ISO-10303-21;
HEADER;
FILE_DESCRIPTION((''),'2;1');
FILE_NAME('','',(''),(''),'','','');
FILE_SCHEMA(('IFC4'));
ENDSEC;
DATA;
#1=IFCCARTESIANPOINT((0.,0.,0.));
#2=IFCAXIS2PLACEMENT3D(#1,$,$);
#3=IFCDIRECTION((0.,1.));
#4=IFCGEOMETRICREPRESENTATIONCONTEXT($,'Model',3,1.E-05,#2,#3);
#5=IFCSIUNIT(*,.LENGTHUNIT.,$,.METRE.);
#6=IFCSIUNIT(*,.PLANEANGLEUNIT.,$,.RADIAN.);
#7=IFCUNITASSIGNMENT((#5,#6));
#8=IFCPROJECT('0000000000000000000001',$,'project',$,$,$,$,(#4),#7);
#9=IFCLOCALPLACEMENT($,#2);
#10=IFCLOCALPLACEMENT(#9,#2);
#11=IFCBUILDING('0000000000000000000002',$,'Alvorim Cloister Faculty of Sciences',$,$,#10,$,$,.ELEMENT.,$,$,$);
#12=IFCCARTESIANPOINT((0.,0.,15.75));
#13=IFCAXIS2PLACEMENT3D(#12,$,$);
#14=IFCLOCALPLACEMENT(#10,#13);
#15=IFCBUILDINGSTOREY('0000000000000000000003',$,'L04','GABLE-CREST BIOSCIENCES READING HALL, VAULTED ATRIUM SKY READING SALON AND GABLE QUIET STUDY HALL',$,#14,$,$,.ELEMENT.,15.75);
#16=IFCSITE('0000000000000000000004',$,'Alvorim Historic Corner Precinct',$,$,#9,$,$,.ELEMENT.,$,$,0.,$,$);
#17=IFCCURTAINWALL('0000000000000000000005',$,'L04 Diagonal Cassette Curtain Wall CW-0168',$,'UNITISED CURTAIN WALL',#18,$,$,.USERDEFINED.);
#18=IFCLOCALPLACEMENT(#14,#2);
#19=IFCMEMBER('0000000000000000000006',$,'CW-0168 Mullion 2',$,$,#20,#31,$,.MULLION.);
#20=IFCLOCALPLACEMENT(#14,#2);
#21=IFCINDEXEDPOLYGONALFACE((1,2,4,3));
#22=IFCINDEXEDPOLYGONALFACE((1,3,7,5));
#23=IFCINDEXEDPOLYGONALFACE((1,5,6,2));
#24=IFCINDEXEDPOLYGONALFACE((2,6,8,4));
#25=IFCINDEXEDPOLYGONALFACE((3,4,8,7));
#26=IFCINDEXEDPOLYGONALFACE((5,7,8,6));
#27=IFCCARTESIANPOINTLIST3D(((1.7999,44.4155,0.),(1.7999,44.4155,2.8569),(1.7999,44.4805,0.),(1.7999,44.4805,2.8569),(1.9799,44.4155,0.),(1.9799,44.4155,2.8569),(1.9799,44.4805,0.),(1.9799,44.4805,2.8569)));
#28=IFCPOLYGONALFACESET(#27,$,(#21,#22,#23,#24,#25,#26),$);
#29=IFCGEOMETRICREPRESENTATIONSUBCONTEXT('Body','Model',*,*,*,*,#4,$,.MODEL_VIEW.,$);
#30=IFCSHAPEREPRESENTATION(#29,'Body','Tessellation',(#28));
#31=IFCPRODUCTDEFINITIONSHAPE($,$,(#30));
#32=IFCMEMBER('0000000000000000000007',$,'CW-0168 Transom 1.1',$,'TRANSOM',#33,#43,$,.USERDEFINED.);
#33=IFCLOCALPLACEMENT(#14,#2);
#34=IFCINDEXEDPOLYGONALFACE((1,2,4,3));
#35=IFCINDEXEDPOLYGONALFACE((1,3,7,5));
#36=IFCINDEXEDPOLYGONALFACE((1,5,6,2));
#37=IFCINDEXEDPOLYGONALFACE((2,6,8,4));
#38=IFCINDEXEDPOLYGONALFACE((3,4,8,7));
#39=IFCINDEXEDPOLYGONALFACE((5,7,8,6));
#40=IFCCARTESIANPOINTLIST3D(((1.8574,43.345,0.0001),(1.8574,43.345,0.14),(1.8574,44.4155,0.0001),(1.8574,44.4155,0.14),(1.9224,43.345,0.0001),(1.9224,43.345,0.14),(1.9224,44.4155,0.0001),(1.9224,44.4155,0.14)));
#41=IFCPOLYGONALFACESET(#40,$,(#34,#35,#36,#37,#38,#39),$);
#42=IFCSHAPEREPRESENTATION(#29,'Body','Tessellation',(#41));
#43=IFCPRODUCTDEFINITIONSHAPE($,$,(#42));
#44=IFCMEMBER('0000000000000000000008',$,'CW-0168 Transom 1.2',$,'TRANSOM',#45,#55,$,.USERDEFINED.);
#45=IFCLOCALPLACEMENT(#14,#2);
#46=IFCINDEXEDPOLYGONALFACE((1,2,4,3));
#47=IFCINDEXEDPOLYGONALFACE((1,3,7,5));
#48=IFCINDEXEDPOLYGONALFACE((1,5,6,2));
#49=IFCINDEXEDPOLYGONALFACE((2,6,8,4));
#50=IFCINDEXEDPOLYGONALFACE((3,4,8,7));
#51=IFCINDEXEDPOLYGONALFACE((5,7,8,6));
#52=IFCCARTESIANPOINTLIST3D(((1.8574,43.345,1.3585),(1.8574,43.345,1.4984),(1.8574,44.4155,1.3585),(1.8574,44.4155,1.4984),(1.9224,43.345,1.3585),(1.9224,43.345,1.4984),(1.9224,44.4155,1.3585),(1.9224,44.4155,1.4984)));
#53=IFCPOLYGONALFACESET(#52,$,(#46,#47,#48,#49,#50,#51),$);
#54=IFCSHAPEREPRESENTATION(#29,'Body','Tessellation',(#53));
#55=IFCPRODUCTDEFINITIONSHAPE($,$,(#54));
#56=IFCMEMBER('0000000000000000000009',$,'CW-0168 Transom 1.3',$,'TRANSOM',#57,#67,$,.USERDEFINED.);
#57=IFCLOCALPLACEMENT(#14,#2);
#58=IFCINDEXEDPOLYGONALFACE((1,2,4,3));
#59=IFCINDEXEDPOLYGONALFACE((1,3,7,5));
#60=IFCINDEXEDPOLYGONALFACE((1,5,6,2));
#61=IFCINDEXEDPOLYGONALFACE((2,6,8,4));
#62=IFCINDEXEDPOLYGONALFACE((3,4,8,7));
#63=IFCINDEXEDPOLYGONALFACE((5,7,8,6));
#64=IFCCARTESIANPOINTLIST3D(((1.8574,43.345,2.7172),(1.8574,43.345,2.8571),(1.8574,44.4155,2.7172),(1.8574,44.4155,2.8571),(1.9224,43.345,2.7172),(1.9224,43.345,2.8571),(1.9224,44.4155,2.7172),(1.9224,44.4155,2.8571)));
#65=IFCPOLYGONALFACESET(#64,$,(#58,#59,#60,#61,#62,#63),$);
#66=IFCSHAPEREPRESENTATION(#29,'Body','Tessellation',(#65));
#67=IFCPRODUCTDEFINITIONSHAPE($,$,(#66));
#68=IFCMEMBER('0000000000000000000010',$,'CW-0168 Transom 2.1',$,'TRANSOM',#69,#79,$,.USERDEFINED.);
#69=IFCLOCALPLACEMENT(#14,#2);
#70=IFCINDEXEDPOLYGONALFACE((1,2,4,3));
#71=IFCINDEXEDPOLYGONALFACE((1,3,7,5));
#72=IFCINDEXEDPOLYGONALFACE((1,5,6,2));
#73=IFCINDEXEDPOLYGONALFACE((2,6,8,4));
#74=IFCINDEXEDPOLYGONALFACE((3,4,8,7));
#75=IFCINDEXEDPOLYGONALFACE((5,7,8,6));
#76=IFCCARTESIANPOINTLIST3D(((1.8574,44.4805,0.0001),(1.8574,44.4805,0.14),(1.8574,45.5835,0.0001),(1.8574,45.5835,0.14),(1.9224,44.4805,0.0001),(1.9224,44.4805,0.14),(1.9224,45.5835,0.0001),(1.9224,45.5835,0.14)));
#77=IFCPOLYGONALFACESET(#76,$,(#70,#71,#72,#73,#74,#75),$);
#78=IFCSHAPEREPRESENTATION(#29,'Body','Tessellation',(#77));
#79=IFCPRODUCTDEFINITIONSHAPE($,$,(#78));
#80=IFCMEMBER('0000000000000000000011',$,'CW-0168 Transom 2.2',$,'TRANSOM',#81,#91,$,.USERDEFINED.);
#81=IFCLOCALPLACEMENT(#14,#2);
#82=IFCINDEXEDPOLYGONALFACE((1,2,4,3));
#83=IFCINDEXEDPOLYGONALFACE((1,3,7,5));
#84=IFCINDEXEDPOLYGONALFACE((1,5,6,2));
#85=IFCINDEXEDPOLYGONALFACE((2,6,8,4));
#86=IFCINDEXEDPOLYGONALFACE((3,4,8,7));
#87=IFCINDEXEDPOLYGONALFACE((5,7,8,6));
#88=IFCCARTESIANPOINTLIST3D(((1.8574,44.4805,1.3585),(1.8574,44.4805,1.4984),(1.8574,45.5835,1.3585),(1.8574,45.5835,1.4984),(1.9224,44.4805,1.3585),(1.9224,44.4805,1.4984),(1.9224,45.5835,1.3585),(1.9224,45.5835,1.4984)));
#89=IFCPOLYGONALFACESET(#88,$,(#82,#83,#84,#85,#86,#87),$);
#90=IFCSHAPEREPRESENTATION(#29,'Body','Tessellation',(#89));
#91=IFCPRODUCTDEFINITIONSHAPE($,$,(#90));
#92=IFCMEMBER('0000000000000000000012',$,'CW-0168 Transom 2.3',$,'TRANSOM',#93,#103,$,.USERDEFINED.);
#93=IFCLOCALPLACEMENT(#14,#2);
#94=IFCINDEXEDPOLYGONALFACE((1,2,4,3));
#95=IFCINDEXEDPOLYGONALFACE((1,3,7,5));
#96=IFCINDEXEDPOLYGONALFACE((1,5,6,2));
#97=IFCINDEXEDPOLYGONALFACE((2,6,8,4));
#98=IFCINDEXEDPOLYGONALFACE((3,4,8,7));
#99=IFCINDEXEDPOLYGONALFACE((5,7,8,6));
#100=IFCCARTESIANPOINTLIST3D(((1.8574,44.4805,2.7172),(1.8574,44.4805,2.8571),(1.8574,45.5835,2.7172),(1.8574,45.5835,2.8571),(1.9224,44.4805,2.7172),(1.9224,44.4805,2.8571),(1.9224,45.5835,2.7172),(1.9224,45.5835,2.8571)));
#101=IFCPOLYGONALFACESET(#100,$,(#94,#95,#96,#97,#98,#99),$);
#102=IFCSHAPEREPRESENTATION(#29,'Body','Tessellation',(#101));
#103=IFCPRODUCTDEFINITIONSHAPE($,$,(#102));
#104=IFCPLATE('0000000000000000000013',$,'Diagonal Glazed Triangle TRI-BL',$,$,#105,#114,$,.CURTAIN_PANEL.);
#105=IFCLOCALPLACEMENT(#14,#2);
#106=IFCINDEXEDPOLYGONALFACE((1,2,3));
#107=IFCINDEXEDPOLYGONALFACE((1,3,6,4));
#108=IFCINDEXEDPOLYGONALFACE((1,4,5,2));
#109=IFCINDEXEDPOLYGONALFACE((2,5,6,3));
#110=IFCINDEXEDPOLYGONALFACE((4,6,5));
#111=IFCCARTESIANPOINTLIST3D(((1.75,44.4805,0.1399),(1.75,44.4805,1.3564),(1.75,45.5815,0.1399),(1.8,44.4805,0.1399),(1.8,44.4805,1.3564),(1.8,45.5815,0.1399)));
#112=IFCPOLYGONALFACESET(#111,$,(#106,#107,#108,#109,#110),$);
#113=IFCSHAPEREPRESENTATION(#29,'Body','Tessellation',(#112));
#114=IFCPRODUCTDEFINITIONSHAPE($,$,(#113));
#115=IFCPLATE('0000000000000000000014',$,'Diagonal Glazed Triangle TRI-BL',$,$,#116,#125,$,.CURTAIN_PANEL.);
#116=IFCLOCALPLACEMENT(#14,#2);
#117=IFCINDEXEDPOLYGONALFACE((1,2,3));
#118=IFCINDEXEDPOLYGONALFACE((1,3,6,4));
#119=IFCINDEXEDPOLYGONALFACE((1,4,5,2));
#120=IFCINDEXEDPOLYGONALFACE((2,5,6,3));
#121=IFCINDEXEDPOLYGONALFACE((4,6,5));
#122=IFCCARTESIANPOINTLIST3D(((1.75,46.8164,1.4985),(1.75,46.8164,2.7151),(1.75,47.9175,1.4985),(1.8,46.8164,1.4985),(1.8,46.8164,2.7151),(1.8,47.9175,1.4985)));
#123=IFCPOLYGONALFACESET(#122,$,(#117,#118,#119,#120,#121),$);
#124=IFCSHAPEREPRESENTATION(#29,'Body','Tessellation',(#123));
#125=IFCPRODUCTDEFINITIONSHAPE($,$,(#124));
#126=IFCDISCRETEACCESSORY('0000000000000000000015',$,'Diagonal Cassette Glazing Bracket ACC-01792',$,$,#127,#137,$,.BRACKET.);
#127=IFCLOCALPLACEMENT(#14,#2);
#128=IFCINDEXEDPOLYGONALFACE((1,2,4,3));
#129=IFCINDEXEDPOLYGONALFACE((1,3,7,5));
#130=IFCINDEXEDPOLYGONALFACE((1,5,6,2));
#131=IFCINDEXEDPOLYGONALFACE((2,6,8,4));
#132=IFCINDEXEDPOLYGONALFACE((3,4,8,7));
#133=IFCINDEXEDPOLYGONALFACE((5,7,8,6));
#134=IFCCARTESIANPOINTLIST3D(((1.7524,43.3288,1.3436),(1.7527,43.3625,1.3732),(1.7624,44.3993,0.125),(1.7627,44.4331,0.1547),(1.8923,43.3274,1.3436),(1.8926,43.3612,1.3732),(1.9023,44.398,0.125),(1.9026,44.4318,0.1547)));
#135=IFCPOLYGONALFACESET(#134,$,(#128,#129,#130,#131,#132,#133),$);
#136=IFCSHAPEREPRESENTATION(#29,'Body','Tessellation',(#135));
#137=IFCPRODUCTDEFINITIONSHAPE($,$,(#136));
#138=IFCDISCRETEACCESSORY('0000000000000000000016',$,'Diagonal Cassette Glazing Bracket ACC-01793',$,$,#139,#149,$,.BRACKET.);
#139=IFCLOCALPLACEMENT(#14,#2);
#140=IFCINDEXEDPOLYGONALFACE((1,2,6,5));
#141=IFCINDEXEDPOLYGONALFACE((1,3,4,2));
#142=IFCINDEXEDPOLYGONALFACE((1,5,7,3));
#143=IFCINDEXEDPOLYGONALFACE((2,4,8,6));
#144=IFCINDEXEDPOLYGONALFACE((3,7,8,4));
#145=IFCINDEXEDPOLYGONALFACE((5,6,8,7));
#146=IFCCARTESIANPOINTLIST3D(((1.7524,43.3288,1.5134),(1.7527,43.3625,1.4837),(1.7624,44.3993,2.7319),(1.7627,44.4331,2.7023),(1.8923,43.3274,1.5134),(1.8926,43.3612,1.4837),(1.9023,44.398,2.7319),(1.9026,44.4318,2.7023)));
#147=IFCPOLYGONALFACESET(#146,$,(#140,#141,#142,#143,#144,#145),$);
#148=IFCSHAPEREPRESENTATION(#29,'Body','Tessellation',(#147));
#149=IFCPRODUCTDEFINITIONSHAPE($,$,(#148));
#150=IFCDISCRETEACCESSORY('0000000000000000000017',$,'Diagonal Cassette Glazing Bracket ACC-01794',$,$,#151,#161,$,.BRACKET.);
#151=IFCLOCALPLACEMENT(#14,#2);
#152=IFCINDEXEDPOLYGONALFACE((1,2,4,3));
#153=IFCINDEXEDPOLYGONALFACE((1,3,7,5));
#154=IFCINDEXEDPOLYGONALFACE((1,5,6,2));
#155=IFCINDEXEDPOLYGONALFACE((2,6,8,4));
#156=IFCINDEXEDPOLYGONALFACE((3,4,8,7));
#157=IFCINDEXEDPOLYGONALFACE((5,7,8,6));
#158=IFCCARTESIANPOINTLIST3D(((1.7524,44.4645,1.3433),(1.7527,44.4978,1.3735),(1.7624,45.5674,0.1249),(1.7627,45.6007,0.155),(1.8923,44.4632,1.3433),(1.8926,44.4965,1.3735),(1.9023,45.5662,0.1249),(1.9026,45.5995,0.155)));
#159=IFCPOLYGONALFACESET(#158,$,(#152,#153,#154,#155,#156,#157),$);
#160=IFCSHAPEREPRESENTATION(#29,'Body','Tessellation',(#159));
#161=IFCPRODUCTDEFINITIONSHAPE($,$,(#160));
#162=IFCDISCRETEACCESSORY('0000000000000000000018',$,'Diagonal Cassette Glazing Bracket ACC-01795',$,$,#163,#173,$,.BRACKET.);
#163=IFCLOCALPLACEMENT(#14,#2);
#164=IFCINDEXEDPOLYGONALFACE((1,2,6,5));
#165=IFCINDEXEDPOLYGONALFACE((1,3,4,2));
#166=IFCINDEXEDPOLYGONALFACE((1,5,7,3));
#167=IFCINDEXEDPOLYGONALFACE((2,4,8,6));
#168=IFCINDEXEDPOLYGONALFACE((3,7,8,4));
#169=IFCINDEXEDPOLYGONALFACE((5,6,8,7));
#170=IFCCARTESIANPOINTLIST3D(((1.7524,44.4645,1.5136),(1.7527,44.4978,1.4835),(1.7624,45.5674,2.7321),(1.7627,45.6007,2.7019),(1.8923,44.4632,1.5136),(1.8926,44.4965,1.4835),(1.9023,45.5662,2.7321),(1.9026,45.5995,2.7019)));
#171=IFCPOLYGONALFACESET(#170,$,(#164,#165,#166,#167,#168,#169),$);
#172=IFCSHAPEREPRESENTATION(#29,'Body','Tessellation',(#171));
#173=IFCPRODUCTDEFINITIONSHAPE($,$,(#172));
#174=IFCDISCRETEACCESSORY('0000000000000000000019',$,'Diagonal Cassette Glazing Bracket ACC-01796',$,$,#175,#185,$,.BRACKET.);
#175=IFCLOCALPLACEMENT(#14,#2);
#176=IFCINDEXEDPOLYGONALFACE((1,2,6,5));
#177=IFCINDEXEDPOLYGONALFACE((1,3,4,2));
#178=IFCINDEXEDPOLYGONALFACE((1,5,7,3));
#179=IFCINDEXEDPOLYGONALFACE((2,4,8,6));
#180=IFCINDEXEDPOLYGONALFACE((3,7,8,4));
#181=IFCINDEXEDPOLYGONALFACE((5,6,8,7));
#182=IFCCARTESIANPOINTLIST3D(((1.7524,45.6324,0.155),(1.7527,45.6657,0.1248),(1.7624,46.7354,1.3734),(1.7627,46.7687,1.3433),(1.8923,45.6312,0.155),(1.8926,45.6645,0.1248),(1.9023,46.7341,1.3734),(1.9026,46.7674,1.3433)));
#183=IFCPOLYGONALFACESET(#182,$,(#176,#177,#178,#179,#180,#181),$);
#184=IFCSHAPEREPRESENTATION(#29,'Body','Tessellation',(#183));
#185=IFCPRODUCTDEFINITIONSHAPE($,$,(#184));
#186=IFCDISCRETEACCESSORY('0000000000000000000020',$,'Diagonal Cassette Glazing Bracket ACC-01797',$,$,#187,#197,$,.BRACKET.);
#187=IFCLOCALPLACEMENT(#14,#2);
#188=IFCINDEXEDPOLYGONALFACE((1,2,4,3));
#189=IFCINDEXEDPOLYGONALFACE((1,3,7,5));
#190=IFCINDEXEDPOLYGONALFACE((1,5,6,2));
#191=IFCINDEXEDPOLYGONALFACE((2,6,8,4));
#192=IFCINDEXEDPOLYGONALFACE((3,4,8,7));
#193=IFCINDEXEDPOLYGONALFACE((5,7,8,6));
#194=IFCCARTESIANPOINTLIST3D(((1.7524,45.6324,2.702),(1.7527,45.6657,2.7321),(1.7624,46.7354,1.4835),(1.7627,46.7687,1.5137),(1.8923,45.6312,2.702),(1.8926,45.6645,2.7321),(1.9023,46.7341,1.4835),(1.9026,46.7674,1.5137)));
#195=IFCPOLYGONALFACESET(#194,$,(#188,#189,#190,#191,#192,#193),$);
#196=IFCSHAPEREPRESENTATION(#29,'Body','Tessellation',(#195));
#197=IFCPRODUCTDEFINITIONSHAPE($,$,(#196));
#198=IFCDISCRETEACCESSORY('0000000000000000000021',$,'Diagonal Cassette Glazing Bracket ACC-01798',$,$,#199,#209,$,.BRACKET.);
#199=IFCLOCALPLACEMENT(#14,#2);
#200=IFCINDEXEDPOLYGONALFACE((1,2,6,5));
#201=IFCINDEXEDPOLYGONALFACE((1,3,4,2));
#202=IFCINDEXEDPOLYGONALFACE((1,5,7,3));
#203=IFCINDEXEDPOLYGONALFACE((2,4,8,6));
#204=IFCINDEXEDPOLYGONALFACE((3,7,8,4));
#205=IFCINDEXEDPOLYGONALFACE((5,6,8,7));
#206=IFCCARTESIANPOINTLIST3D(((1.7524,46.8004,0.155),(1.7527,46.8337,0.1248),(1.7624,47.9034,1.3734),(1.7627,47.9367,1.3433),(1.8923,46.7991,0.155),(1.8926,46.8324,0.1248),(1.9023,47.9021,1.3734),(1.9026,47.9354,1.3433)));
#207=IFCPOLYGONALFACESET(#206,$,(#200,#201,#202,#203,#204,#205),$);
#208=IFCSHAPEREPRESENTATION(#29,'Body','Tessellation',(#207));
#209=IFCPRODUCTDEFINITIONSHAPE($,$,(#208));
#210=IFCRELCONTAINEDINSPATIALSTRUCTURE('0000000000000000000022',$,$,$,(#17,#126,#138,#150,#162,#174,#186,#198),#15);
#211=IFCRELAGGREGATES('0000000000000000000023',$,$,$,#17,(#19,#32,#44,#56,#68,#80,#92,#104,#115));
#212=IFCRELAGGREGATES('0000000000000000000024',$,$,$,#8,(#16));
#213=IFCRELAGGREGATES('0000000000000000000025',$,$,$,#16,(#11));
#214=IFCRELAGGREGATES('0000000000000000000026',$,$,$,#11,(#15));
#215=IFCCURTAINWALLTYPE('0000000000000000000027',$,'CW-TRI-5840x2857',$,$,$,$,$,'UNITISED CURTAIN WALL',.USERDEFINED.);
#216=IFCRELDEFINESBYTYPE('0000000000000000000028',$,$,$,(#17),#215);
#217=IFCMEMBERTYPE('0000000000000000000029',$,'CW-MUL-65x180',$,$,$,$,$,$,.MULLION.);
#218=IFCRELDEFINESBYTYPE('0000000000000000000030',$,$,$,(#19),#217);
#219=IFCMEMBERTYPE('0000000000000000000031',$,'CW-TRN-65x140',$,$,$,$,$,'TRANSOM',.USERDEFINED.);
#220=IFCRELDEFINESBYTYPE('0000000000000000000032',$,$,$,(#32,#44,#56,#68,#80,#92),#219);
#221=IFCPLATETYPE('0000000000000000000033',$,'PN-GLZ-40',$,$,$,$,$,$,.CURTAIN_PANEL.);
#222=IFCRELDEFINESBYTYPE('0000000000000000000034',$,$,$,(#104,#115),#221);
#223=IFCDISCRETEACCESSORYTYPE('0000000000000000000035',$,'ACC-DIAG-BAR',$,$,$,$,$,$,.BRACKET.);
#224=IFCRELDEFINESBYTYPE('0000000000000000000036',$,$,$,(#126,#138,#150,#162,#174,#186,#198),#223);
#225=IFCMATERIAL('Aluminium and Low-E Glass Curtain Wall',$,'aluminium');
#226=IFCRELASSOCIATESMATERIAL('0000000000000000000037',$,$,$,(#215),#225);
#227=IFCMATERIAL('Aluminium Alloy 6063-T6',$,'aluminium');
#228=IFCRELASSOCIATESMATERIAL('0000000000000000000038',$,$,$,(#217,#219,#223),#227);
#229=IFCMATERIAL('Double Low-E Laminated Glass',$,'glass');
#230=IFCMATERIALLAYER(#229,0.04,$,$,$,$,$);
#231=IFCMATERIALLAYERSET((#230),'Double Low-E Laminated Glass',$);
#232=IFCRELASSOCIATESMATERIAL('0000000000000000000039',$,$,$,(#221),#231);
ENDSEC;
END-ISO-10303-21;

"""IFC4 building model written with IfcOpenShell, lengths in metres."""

from ifc_helpers import new_model, si_unit, direction, frame, origin, origin_2d, place, context, subcontext, project, spatial, polyline, rectangle, outline, extrude, material, layer, layer_set, material_profile, profile_set, type_object, element, aggregate, save


model = new_model("IFC4")

# Units and contexts
model_context = context("Model", 3, precision=1e-05, world=origin(), true_north=direction((0.0, 1.0)))
body_context = subcontext(model_context, "Body", "Model", "MODEL_VIEW")
ifc_project = project(units=[si_unit("LENGTHUNIT", "METRE"), si_unit("PLANEANGLEUNIT", "RADIAN")], contexts=[model_context])

# Site, building, storey
site_placement = place(None, origin())
site = spatial("IfcSite", under=ifc_project, at=site_placement, Name="Alvorim Historic Corner Precinct", CompositionType="ELEMENT", RefElevation=0.0)
building_placement = place(site_placement, origin())
building = spatial("IfcBuilding", under=site, at=building_placement, Name="Alvorim Cloister Faculty of Sciences", CompositionType="ELEMENT")
storey_placement = place(building_placement, frame((0.0, 0.0, 15.75)))
storey = spatial("IfcBuildingStorey", under=building, at=storey_placement, Name="L04", Description="GABLE-CREST BIOSCIENCES READING HALL, VAULTED ATRIUM SKY READING SALON AND GABLE QUIET STUDY HALL", CompositionType="ELEMENT", Elevation=15.75)

# Curtain wall, members, plates
ifc_material_1 = material(Name="Aluminium and Low-E Glass Curtain Wall", Category="aluminium")
curtain_wall_type = type_object("IfcCurtainWallType", Name="CW-TRI-5840x2857", ElementType="UNITISED CURTAIN WALL", PredefinedType="USERDEFINED", material=ifc_material_1)
curtain_wall_placement = place(storey_placement, origin())
curtain_wall = element("IfcCurtainWall", 1, at=curtain_wall_placement, inside=storey, type_object=curtain_wall_type, Name="L04 Diagonal Cassette Curtain Wall CW-0168", ObjectType="UNITISED CURTAIN WALL", PredefinedType="USERDEFINED")
ifc_material_2 = material(Name="Aluminium Alloy 6063-T6", Category="aluminium")
ifc_material_profile_1 = material_profile(ifc_material_2, rectangle(XDim=0.0649, YDim=0.1799, at=origin_2d()), Name="ALU-MUL-65x180")
ifc_profile_set_1 = profile_set([ifc_material_profile_1], Name="Aluminium Alloy 6063-T6")
member_type_1 = type_object("IfcMemberType", Name="CW-MUL-65x180", PredefinedType="MULLION", material=ifc_profile_set_1)
member_1_placement = place(storey_placement, frame((1.8899, 44.448, 0.0), z_axis=(0.0, 0.0, 1.0), x_axis=(0.0, 1.0, 0.0)))
member_1 = element("IfcMember", 2, at=member_1_placement, type_object=member_type_1, Name="CW-0168 Mullion 2", PredefinedType="MULLION", context=body_context, shape_type="SweptSolid", body=[
    extrude(rectangle(XDim=0.0649, YDim=0.1799, at=origin_2d()), origin(), (0.0, 0.0, 1.0), 2.8569),
])
ifc_material_profile_2 = material_profile(ifc_material_2, rectangle(XDim=0.0649, YDim=0.1399, at=origin_2d()), Name="ALU-TRN-65x140")
ifc_profile_set_2 = profile_set([ifc_material_profile_2], Name="Aluminium Alloy 6063-T6")
member_type_2 = type_object("IfcMemberType", Name="CW-TRN-65x140", ElementType="TRANSOM", PredefinedType="USERDEFINED", material=ifc_profile_set_2)
member_2_placement = place(storey_placement, frame((1.8899, 43.345, 0.0701), z_axis=(0.0, 1.0, 0.0), x_axis=(-1.0, 0.0, 0.0)))
member_2 = element("IfcMember", 3, at=member_2_placement, type_object=member_type_2, Name="CW-0168 Transom 1.1", ObjectType="TRANSOM", PredefinedType="USERDEFINED", context=body_context, shape_type="SweptSolid", body=[
    extrude(rectangle(XDim=0.0649, YDim=0.1399, at=origin_2d()), origin(), (0.0, 0.0, 1.0), 1.0706),
])
member_3_placement = place(storey_placement, frame((1.8899, 43.345, 1.4285), z_axis=(0.0, 1.0, 0.0), x_axis=(-1.0, 0.0, 0.0)))
member_3 = element("IfcMember", 4, at=member_3_placement, type_object=member_type_2, Name="CW-0168 Transom 1.2", ObjectType="TRANSOM", PredefinedType="USERDEFINED", context=body_context, shape_type="SweptSolid", body=[
    extrude(rectangle(XDim=0.0649, YDim=0.1399, at=origin_2d()), origin(), (0.0, 0.0, 1.0), 1.0706),
])
member_4_placement = place(storey_placement, frame((1.8899, 43.345, 2.7871), z_axis=(0.0, 1.0, 0.0), x_axis=(-1.0, 0.0, 0.0)))
member_4 = element("IfcMember", 5, at=member_4_placement, type_object=member_type_2, Name="CW-0168 Transom 1.3", ObjectType="TRANSOM", PredefinedType="USERDEFINED", context=body_context, shape_type="SweptSolid", body=[
    extrude(rectangle(XDim=0.0649, YDim=0.1399, at=origin_2d()), origin(), (0.0, 0.0, 1.0), 1.0706),
])
member_5_placement = place(storey_placement, frame((1.8899, 44.4805, 0.0701), z_axis=(0.0, 1.0, 0.0), x_axis=(-1.0, 0.0, 0.0)))
member_5 = element("IfcMember", 6, at=member_5_placement, type_object=member_type_2, Name="CW-0168 Transom 2.1", ObjectType="TRANSOM", PredefinedType="USERDEFINED", context=body_context, shape_type="SweptSolid", body=[
    extrude(rectangle(XDim=0.0649, YDim=0.1399, at=origin_2d()), origin(), (0.0, 0.0, 1.0), 1.103),
])
member_6_placement = place(storey_placement, frame((1.8899, 44.4805, 1.4285), z_axis=(0.0, 1.0, 0.0), x_axis=(-1.0, 0.0, 0.0)))
member_6 = element("IfcMember", 7, at=member_6_placement, type_object=member_type_2, Name="CW-0168 Transom 2.2", ObjectType="TRANSOM", PredefinedType="USERDEFINED", context=body_context, shape_type="SweptSolid", body=[
    extrude(rectangle(XDim=0.0649, YDim=0.1399, at=origin_2d()), origin(), (0.0, 0.0, 1.0), 1.103),
])
member_7_placement = place(storey_placement, frame((1.8899, 44.4805, 2.7871), z_axis=(0.0, 1.0, 0.0), x_axis=(-1.0, 0.0, 0.0)))
member_7 = element("IfcMember", 8, at=member_7_placement, type_object=member_type_2, Name="CW-0168 Transom 2.3", ObjectType="TRANSOM", PredefinedType="USERDEFINED", context=body_context, shape_type="SweptSolid", body=[
    extrude(rectangle(XDim=0.0649, YDim=0.1399, at=origin_2d()), origin(), (0.0, 0.0, 1.0), 1.103),
])
ifc_material_3 = material(Name="Double Low-E Laminated Glass", Category="glass")
ifc_layer = layer(ifc_material_3, 0.04)
ifc_layer_set = layer_set([ifc_layer], Name="Double Low-E Laminated Glass")
plate_type = type_object("IfcPlateType", Name="PN-GLZ-40", PredefinedType="CURTAIN_PANEL", material=ifc_layer_set)
plate_1_placement = place(storey_placement, frame((1.7749, 44.4805, 0.1399), z_axis=(0.0, 0.0, 1.0), x_axis=(0.0, 1.0, 0.0)))
plate_1 = element("IfcPlate", 9, at=plate_1_placement, type_object=plate_type, Name="Diagonal Glazed Triangle TRI-BL", PredefinedType="CURTAIN_PANEL", context=body_context, shape_type="SweptSolid", body=[
    extrude(outline(polyline([(0.0, 0.0), (1.1011, 0.0), (0.0, 1.2166), (0.0, 0.0)])), frame((0.0, 0.0249, 0.0), z_axis=(0.0, -1.0, 0.0), x_axis=(1.0, 0.0, 0.0)), (0.0, 0.0, 1.0), 0.05),
])
plate_2_placement = place(storey_placement, frame((1.7749, 46.8164, 1.4985), z_axis=(0.0, 0.0, 1.0), x_axis=(0.0, 1.0, 0.0)))
plate_2 = element("IfcPlate", 10, at=plate_2_placement, type_object=plate_type, Name="Diagonal Glazed Triangle TRI-BL", PredefinedType="CURTAIN_PANEL", context=body_context, shape_type="SweptSolid", body=[
    extrude(outline(polyline([(0.0, 0.0), (1.1011, 0.0), (0.0, 1.2166), (0.0, 0.0)])), frame((0.0, 0.0249, 0.0), z_axis=(0.0, -1.0, 0.0), x_axis=(1.0, 0.0, 0.0)), (0.0, 0.0, 1.0), 0.05),
])
aggregate(curtain_wall, [member_1, member_2, member_3, member_4, member_5, member_6, member_7, plate_1, plate_2])

# Discrete accessories
discrete_accessory_type = type_object("IfcDiscreteAccessoryType", Name="ACC-DIAG-BAR", PredefinedType="BRACKET", material=ifc_material_2)
for number, where, z_axis, x_axis, name in (
    (11, (1.8225, 43.345, 1.3584), (0.006171, 0.660015, -0.751227), (-0.999956, 0.00935, 0.0), "Diagonal Cassette Glazing Bracket ACC-01792"),
    (12, (1.8225, 43.345, 1.4985), (0.006171, 0.660015, 0.751227), (-0.999956, 0.00935, 0.0), "Diagonal Cassette Glazing Bracket ACC-01793"),
):
    element("IfcDiscreteAccessory", number, at=place(storey_placement, frame(where, z_axis=z_axis, x_axis=x_axis)), inside=storey, type_object=discrete_accessory_type, Name=name, PredefinedType="BRACKET", context=body_context, shape_type="SweptSolid", body=[
        extrude(rectangle(XDim=0.1399, YDim=0.0449, at=origin_2d()), origin(), (0.0, 0.0, 1.0), 1.6221),
    ])
for number, where, z_axis, x_axis, name in (
    (13, (1.8225, 44.4805, 1.3584), (0.00609, 0.671091, -0.74135), (-0.999959, 0.009074, 0.0), "Diagonal Cassette Glazing Bracket ACC-01794"),
    (14, (1.8225, 44.4805, 1.4985), (0.00609, 0.671091, 0.74135), (-0.999959, 0.009074, 0.0), "Diagonal Cassette Glazing Bracket ACC-01795"),
    (15, (1.8225, 45.6484, 0.1399), (0.00609, 0.671091, 0.74135), (-0.999959, 0.009074, 0.0), "Diagonal Cassette Glazing Bracket ACC-01796"),
    (16, (1.8225, 45.6484, 2.717), (0.00609, 0.671091, -0.74135), (-0.999959, 0.009074, 0.0), "Diagonal Cassette Glazing Bracket ACC-01797"),
    (17, (1.8225, 46.8164, 0.1399), (0.00609, 0.671091, 0.74135), (-0.999959, 0.009074, 0.0), "Diagonal Cassette Glazing Bracket ACC-01798"),
):
    element("IfcDiscreteAccessory", number, at=place(storey_placement, frame(where, z_axis=z_axis, x_axis=x_axis)), inside=storey, type_object=discrete_accessory_type, Name=name, PredefinedType="BRACKET", context=body_context, shape_type="SweptSolid", body=[
        extrude(rectangle(XDim=0.1399, YDim=0.0449, at=origin_2d()), origin(), (0.0, 0.0, 1.0), 1.6436),
    ])

save(model, "model.ifc")
